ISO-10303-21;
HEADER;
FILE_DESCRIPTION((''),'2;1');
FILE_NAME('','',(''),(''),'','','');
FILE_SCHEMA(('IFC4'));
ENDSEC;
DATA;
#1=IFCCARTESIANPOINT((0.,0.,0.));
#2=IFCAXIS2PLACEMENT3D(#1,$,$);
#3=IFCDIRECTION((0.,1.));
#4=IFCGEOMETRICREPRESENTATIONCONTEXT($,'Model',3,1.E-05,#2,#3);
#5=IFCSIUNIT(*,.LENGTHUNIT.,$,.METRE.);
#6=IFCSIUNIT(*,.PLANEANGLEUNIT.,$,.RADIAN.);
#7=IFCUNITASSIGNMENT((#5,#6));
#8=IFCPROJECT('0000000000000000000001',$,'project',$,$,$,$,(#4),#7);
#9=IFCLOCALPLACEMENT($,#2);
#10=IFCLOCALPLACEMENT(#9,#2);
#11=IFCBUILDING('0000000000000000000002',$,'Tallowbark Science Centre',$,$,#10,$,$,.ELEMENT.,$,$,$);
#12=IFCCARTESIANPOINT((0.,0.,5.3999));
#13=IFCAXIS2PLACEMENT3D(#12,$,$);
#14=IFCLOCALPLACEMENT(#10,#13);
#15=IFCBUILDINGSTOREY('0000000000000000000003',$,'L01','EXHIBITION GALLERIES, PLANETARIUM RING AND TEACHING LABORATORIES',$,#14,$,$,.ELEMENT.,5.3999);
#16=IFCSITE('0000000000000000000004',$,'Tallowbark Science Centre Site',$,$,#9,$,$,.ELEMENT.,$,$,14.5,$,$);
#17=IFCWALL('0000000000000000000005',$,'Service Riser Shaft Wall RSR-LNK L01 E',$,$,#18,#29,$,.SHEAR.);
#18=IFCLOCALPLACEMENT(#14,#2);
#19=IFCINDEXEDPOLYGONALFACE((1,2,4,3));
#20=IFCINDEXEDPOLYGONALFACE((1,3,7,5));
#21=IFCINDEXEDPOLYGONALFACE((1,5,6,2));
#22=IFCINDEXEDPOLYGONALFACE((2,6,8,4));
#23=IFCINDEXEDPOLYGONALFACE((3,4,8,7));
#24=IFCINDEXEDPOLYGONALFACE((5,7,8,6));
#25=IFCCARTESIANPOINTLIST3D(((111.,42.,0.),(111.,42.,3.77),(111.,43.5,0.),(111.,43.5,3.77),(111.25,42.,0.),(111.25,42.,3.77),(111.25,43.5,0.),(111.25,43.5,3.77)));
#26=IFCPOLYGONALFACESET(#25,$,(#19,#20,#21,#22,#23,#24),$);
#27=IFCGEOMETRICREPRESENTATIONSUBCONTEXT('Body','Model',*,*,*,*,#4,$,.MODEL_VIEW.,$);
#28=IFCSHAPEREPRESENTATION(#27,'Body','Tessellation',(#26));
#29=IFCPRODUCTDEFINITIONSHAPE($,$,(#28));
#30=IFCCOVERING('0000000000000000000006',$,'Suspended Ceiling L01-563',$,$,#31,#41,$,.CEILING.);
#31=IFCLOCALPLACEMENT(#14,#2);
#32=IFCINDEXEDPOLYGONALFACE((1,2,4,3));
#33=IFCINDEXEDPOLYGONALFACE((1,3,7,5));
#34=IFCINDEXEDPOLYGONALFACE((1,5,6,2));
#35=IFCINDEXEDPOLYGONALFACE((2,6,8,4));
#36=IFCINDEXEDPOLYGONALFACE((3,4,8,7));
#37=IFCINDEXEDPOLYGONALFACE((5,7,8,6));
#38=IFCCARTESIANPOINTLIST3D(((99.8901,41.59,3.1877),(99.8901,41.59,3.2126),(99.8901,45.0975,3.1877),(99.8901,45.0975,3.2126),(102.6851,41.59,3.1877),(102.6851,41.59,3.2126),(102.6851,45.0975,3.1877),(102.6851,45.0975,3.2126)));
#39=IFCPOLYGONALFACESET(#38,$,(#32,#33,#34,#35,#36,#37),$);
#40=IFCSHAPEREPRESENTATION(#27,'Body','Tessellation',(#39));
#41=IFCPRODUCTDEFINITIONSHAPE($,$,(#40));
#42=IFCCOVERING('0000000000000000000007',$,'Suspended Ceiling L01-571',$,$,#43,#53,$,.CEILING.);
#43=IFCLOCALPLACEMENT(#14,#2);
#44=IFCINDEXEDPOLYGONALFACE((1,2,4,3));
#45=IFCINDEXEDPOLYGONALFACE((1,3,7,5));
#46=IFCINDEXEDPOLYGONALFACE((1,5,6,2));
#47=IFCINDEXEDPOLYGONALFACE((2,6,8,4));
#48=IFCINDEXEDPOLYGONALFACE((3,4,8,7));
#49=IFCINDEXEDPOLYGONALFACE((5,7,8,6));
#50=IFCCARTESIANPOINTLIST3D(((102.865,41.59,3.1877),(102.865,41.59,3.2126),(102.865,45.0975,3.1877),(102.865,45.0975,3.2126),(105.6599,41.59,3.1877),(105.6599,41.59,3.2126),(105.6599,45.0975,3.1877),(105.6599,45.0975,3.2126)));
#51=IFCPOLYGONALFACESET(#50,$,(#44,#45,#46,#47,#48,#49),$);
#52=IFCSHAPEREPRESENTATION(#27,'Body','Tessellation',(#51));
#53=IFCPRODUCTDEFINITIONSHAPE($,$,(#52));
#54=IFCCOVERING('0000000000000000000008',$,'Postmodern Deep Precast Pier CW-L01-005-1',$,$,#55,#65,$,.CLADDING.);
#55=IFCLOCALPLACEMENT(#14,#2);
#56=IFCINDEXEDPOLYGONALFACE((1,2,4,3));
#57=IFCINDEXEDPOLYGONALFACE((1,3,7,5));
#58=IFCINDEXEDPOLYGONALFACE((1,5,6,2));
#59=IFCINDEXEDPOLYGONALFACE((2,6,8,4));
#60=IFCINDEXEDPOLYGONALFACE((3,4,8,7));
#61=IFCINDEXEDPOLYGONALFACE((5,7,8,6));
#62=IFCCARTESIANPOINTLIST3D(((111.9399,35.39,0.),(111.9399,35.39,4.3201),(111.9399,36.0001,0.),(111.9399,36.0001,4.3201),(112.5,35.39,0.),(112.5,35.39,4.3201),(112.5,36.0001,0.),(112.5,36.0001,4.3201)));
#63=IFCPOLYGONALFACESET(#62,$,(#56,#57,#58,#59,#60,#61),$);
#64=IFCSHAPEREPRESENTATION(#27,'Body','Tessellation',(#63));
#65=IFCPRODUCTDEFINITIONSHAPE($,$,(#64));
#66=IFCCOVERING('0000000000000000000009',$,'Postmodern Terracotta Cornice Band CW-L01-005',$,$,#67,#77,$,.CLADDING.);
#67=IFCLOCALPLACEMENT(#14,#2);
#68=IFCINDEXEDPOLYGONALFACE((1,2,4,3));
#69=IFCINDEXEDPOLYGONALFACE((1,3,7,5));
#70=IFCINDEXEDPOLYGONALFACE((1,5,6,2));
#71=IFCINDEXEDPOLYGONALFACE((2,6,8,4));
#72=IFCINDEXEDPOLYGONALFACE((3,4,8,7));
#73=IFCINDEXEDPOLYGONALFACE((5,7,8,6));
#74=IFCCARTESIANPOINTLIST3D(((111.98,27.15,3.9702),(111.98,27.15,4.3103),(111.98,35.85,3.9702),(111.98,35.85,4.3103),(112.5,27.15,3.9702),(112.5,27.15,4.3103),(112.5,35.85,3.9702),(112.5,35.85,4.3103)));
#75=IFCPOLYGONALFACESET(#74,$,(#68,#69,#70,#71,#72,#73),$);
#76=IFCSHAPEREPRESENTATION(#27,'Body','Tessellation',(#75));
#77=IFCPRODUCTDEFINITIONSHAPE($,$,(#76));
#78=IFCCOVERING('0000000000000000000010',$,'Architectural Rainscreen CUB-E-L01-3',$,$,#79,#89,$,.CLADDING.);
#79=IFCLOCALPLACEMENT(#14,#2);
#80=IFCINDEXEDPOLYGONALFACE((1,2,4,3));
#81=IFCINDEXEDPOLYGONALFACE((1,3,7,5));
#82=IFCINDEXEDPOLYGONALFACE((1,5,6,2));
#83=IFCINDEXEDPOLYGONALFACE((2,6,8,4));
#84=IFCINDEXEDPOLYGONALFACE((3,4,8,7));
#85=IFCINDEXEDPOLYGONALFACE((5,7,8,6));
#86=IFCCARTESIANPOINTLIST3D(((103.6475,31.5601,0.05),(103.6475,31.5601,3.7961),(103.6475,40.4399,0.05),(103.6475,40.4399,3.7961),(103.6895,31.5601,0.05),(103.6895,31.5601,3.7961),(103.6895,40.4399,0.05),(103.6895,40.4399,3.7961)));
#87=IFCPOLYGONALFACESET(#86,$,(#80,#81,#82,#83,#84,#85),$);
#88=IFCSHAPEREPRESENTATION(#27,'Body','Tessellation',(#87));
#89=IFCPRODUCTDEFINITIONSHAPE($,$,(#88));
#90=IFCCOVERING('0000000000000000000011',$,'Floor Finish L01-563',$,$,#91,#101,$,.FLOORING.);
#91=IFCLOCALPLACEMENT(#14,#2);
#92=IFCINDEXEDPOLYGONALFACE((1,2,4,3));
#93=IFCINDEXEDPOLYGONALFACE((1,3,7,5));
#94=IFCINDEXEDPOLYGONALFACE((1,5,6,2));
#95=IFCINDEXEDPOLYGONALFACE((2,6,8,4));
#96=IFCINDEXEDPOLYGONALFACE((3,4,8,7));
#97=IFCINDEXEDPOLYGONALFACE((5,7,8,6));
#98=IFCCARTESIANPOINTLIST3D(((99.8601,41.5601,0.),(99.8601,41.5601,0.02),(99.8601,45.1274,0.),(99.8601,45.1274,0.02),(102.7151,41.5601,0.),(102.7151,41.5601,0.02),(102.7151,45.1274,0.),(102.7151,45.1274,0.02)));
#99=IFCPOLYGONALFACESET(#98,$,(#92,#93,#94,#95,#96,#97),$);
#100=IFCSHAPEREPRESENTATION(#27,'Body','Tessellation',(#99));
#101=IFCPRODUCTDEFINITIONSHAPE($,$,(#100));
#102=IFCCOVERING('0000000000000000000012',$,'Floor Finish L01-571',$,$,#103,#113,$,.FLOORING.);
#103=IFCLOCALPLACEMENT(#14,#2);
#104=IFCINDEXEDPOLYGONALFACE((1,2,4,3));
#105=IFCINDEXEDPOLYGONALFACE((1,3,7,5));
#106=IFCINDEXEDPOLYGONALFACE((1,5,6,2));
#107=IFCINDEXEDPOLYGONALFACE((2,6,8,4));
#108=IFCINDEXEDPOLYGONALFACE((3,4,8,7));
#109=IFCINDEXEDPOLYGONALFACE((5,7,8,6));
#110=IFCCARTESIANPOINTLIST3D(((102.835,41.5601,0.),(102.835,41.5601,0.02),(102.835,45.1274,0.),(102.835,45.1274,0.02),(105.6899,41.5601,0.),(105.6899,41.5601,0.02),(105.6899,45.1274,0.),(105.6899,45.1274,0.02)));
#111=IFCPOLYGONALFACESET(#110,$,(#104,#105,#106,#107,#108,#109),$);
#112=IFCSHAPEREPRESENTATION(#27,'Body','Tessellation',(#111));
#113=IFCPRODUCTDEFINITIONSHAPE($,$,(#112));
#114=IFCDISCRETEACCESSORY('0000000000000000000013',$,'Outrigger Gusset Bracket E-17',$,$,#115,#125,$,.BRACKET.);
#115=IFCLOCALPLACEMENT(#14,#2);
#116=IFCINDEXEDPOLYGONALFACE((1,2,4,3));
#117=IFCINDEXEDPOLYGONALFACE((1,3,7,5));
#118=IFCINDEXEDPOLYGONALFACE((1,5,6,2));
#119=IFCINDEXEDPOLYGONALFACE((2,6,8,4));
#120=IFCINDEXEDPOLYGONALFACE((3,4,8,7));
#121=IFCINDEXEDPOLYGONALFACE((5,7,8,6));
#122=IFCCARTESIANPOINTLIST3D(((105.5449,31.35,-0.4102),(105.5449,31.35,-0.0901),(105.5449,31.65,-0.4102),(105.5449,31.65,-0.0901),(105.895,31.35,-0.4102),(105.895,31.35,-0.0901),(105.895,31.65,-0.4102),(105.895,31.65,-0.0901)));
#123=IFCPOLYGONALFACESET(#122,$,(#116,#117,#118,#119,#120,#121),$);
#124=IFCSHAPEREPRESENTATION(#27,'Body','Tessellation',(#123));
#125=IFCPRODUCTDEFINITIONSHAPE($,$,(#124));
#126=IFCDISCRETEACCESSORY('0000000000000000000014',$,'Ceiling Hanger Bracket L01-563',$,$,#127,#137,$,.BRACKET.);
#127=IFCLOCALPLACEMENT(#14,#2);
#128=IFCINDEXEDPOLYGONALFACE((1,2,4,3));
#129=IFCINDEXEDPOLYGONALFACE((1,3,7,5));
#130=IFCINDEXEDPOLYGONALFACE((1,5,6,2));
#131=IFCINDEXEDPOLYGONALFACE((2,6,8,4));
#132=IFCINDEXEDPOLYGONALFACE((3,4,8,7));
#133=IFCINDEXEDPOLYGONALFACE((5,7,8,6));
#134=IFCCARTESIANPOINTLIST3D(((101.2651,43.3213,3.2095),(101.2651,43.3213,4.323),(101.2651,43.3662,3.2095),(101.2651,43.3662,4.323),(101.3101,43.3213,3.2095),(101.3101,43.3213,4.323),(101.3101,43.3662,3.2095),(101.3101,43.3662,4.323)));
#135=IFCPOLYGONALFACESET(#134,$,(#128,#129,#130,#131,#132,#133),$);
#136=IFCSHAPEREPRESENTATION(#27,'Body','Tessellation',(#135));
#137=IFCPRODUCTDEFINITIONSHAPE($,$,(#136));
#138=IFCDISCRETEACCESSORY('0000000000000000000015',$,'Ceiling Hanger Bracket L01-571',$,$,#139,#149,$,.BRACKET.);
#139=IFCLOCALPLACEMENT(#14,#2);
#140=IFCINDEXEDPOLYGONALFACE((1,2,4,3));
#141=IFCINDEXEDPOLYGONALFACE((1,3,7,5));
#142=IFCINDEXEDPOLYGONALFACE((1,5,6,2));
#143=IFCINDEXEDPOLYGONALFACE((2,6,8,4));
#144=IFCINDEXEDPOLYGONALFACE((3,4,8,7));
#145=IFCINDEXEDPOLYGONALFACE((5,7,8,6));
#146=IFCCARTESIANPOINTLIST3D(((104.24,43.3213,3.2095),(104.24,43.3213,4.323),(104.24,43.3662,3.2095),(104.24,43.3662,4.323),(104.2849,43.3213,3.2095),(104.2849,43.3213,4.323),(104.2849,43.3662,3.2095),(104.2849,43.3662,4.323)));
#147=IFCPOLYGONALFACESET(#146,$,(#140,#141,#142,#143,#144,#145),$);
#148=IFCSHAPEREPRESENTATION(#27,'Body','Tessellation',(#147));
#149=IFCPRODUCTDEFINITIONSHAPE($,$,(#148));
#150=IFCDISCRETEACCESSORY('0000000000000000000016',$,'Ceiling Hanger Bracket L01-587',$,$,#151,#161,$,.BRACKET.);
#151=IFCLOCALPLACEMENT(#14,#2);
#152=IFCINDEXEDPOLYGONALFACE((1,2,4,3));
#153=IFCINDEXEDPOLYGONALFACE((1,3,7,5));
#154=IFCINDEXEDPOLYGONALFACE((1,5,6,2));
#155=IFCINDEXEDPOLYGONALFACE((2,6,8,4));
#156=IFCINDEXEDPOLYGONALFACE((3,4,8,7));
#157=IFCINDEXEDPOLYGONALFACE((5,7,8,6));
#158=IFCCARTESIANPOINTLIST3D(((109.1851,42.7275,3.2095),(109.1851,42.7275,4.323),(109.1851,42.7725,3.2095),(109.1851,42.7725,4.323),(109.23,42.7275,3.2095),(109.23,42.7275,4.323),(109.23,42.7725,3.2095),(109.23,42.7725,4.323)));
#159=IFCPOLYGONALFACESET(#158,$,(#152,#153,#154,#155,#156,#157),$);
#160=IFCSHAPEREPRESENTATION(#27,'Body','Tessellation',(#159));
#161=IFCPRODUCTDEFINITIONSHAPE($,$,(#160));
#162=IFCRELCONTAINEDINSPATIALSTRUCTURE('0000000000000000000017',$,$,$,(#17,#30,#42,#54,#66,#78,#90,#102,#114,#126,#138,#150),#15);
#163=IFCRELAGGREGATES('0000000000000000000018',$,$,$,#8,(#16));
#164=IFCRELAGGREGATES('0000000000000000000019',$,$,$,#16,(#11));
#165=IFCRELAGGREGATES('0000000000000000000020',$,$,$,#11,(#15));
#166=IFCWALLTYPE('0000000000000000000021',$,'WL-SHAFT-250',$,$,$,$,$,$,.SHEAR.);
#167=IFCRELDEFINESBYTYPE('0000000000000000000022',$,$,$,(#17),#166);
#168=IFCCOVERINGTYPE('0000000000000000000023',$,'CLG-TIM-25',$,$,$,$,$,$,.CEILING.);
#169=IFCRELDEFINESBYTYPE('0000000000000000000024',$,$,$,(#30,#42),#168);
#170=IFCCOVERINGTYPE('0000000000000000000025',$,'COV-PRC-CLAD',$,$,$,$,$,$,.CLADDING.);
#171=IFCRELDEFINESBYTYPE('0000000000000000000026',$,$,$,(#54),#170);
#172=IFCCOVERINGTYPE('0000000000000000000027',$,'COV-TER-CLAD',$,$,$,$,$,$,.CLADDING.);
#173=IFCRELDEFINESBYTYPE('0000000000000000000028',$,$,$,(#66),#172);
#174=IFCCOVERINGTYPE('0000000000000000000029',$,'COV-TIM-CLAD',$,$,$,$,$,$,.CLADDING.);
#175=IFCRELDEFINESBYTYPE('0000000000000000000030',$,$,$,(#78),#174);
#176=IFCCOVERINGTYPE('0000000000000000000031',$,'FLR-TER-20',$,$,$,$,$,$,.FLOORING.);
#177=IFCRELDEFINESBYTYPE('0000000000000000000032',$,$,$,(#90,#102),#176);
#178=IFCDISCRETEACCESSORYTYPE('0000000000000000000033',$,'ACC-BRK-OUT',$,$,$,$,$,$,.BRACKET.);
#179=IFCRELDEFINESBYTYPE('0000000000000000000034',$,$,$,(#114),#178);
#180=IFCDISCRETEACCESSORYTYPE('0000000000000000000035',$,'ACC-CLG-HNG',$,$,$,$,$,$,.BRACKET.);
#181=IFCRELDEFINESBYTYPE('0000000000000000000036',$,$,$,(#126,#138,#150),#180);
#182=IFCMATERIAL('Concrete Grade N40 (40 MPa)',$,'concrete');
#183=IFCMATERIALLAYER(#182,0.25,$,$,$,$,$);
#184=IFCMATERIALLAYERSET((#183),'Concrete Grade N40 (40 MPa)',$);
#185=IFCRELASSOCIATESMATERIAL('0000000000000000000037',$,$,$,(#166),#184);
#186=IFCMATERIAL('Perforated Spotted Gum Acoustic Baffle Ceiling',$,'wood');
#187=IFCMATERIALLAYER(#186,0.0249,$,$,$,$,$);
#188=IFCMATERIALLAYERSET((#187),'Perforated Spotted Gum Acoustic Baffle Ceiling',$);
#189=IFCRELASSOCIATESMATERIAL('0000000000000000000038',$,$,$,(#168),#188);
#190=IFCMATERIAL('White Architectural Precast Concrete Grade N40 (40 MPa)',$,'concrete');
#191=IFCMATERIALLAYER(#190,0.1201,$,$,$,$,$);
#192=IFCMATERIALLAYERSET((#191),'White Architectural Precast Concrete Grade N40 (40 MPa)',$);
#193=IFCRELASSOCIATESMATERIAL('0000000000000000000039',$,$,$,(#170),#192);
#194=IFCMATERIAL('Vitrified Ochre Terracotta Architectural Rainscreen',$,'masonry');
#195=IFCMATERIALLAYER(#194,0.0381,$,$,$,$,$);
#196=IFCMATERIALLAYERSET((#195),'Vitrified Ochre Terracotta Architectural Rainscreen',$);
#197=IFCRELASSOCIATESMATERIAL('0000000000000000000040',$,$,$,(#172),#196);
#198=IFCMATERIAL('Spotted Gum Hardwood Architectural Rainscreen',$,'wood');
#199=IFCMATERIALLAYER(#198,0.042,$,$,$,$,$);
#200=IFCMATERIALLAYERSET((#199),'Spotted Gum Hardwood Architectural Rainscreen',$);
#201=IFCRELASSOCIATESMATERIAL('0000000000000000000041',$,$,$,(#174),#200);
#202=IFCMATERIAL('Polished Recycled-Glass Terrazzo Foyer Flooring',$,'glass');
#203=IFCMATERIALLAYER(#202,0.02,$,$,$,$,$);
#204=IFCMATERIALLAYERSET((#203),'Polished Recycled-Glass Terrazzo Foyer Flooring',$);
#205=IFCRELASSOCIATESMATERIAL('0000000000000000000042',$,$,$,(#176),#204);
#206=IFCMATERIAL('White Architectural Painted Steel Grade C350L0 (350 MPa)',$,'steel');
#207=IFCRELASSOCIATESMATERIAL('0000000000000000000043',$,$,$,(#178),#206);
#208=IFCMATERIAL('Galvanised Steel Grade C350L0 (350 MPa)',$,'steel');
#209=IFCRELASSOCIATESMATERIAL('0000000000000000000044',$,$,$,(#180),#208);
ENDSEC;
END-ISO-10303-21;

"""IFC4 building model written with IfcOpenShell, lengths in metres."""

from ifc_helpers import new_model, si_unit, direction, frame, frame_2d, origin, origin_2d, place, context, subcontext, project, spatial, rectangle, extrude, material, layer, layer_set, type_object, element, save


model = new_model("IFC4")

# Units and contexts
model_context = context("Model", 3, precision=1e-05, world=origin(), true_north=direction((0.0, 1.0)))
body_context = subcontext(model_context, "Body", "Model", "MODEL_VIEW")
ifc_project = project(units=[si_unit("LENGTHUNIT", "METRE"), si_unit("PLANEANGLEUNIT", "RADIAN")], contexts=[model_context])

# Site, building, storey
site_placement = place(None, origin())
site = spatial("IfcSite", under=ifc_project, at=site_placement, Name="Tallowbark Science Centre Site", CompositionType="ELEMENT", RefElevation=14.5)
building_placement = place(site_placement, origin())
building = spatial("IfcBuilding", under=site, at=building_placement, Name="Tallowbark Science Centre", CompositionType="ELEMENT")
storey_placement = place(building_placement, frame((0.0, 0.0, 5.3999)))
storey = spatial("IfcBuildingStorey", under=building, at=storey_placement, Name="L01", Description="EXHIBITION GALLERIES, PLANETARIUM RING AND TEACHING LABORATORIES", CompositionType="ELEMENT", Elevation=5.3999)

# Shared definitions
ifc_material_1 = material(Name="White Architectural Painted Steel Grade C350L0 (350 MPa)", Category="steel")

# Shared definitions
ifc_material_2 = material(Name="Concrete Grade N40 (40 MPa)", Category="concrete")
ifc_layer_1 = layer(ifc_material_2, 0.25)
ifc_layer_set_1 = layer_set([ifc_layer_1], Name="Concrete Grade N40 (40 MPa)")
wall_type_1 = type_object("IfcWallType", Name="WL-SHAFT-250", PredefinedType="SHEAR", material=ifc_layer_set_1)

# Wall
wall_1_placement = place(storey_placement, frame((111.125, 42.0, 0.0), z_axis=(0.0, 0.0, 1.0), x_axis=(0.0, 1.0, 0.0)))
element("IfcWall", 1, at=wall_1_placement, inside=storey, type_object=wall_type_1, Name="Service Riser Shaft Wall RSR-LNK L01 E", PredefinedType="SHEAR", context=body_context, shape_type="SweptSolid", body=[
    extrude(rectangle(XDim=1.5, YDim=0.25, at=frame_2d((0.75, 0.0))), origin(), (0.0, 0.0, 1.0), 3.77),
])

# Coverings
ifc_material_3 = material(Name="Perforated Spotted Gum Acoustic Baffle Ceiling", Category="wood")
ifc_layer_2 = layer(ifc_material_3, 0.0249)
ifc_layer_set_2 = layer_set([ifc_layer_2], Name="Perforated Spotted Gum Acoustic Baffle Ceiling")
covering_type_1 = type_object("IfcCoveringType", Name="CLG-TIM-25", PredefinedType="CEILING", material=ifc_layer_set_2)
for number, where, z_axis, x_axis, name in (
    (2, (101.2876, 43.3438, 3.1877), (0.0, 0.0, 1.0), (1.0, 0.0, 0.0), "Suspended Ceiling L01-563"),
    (3, (104.2625, 43.3438, 3.1877), (0.0, 0.0, 1.0), (1.0, 0.0, 0.0), "Suspended Ceiling L01-571"),
):
    element("IfcCovering", number, at=place(storey_placement, frame(where, z_axis=z_axis, x_axis=x_axis)), inside=storey, type_object=covering_type_1, Name=name, PredefinedType="CEILING", context=body_context, shape_type="SweptSolid", body=[
        extrude(rectangle(XDim=2.7949, YDim=3.5076, at=origin_2d()), origin(), (0.0, 0.0, 1.0), 0.0249),
    ])
ifc_material_4 = material(Name="White Architectural Precast Concrete Grade N40 (40 MPa)", Category="concrete")
ifc_layer_3 = layer(ifc_material_4, 0.1201)
ifc_layer_set_3 = layer_set([ifc_layer_3], Name="White Architectural Precast Concrete Grade N40 (40 MPa)")
covering_type_2 = type_object("IfcCoveringType", Name="COV-PRC-CLAD", PredefinedType="CLADDING", material=ifc_layer_set_3)
covering_1_placement = place(storey_placement, frame((112.22, 35.6951, 0.0), z_axis=(0.0, 0.0, 1.0), x_axis=(0.0, -1.0, 0.0)))
element("IfcCovering", 4, at=covering_1_placement, inside=storey, type_object=covering_type_2, Name="Postmodern Deep Precast Pier CW-L01-005-1", PredefinedType="CLADDING", context=body_context, shape_type="SweptSolid", body=[
    extrude(rectangle(XDim=0.6101, YDim=0.5601, at=origin_2d()), origin(), (0.0, 0.0, 1.0), 4.3201),
])
ifc_material_5 = material(Name="Vitrified Ochre Terracotta Architectural Rainscreen", Category="masonry")
ifc_layer_4 = layer(ifc_material_5, 0.0381)
ifc_layer_set_4 = layer_set([ifc_layer_4], Name="Vitrified Ochre Terracotta Architectural Rainscreen")
covering_type_3 = type_object("IfcCoveringType", Name="COV-TER-CLAD", PredefinedType="CLADDING", material=ifc_layer_set_4)
covering_2_placement = place(storey_placement, frame((112.24, 31.5, 3.9702), z_axis=(0.0, 0.0, 1.0), x_axis=(0.0, -1.0, 0.0)))
element("IfcCovering", 5, at=covering_2_placement, inside=storey, type_object=covering_type_3, Name="Postmodern Terracotta Cornice Band CW-L01-005", PredefinedType="CLADDING", context=body_context, shape_type="SweptSolid", body=[
    extrude(rectangle(XDim=8.7, YDim=0.52, at=origin_2d()), origin(), (0.0, 0.0, 1.0), 0.3401),
])
ifc_material_6 = material(Name="Spotted Gum Hardwood Architectural Rainscreen", Category="wood")
ifc_layer_5 = layer(ifc_material_6, 0.042)
ifc_layer_set_5 = layer_set([ifc_layer_5], Name="Spotted Gum Hardwood Architectural Rainscreen")
covering_type_4 = type_object("IfcCoveringType", Name="COV-TIM-CLAD", PredefinedType="CLADDING", material=ifc_layer_set_5)
covering_3_placement = place(storey_placement, frame((103.6685, 36.0, 0.05), z_axis=(0.0, 0.0, 1.0), x_axis=(0.0, 1.0, 0.0)))
element("IfcCovering", 6, at=covering_3_placement, inside=storey, type_object=covering_type_4, Name="Architectural Rainscreen CUB-E-L01-3", PredefinedType="CLADDING", context=body_context, shape_type="SweptSolid", body=[
    extrude(rectangle(XDim=8.8799, YDim=0.042, at=origin_2d()), origin(), (0.0, 0.0, 1.0), 3.7461),
])
ifc_material_7 = material(Name="Polished Recycled-Glass Terrazzo Foyer Flooring", Category="glass")
ifc_layer_6 = layer(ifc_material_7, 0.02)
ifc_layer_set_6 = layer_set([ifc_layer_6], Name="Polished Recycled-Glass Terrazzo Foyer Flooring")
covering_type_5 = type_object("IfcCoveringType", Name="FLR-TER-20", PredefinedType="FLOORING", material=ifc_layer_set_6)
for number, where, z_axis, x_axis, name in (
    (7, (101.2876, 43.3438, 0.0), (0.0, 0.0, 1.0), (1.0, 0.0, 0.0), "Floor Finish L01-563"),
    (8, (104.2625, 43.3438, 0.0), (0.0, 0.0, 1.0), (1.0, 0.0, 0.0), "Floor Finish L01-571"),
):
    element("IfcCovering", number, at=place(storey_placement, frame(where, z_axis=z_axis, x_axis=x_axis)), inside=storey, type_object=covering_type_5, Name=name, PredefinedType="FLOORING", context=body_context, shape_type="SweptSolid", body=[
        extrude(rectangle(XDim=2.855, YDim=3.5674, at=origin_2d()), origin(), (0.0, 0.0, 1.0), 0.02),
    ])

# Discrete accessories
discrete_accessory_type_1 = type_object("IfcDiscreteAccessoryType", Name="ACC-BRK-OUT", PredefinedType="BRACKET", material=ifc_material_1)
discrete_accessory_placement = place(storey_placement, frame((105.72, 31.5, -0.4102), z_axis=(0.0, 0.0, 1.0), x_axis=(1.0, 0.0, 0.0)))
element("IfcDiscreteAccessory", 9, at=discrete_accessory_placement, inside=storey, type_object=discrete_accessory_type_1, Name="Outrigger Gusset Bracket E-17", PredefinedType="BRACKET", context=body_context, shape_type="SweptSolid", body=[
    extrude(rectangle(XDim=0.3501, YDim=0.3, at=origin_2d()), origin(), (0.0, 0.0, 1.0), 0.3201),
])
ifc_material_8 = material(Name="Galvanised Steel Grade C350L0 (350 MPa)", Category="steel")
discrete_accessory_type_2 = type_object("IfcDiscreteAccessoryType", Name="ACC-CLG-HNG", PredefinedType="BRACKET", material=ifc_material_8)
for number, where, z_axis, x_axis, name in (
    (10, (101.2876, 43.3438, 3.2095), (0.0, 0.0, 1.0), (1.0, 0.0, 0.0), "Ceiling Hanger Bracket L01-563"),
    (11, (104.2625, 43.3438, 3.2095), (0.0, 0.0, 1.0), (1.0, 0.0, 0.0), "Ceiling Hanger Bracket L01-571"),
    (12, (109.2075, 42.75, 3.2095), (0.0, 0.0, 1.0), (1.0, 0.0, 0.0), "Ceiling Hanger Bracket L01-587"),
):
    element("IfcDiscreteAccessory", number, at=place(storey_placement, frame(where, z_axis=z_axis, x_axis=x_axis)), inside=storey, type_object=discrete_accessory_type_2, Name=name, PredefinedType="BRACKET", context=body_context, shape_type="SweptSolid", body=[
        extrude(rectangle(XDim=0.0449, YDim=0.0449, at=origin_2d()), origin(), (0.0, 0.0, 1.0), 1.1135),
    ])

save(model, "model.ifc")
